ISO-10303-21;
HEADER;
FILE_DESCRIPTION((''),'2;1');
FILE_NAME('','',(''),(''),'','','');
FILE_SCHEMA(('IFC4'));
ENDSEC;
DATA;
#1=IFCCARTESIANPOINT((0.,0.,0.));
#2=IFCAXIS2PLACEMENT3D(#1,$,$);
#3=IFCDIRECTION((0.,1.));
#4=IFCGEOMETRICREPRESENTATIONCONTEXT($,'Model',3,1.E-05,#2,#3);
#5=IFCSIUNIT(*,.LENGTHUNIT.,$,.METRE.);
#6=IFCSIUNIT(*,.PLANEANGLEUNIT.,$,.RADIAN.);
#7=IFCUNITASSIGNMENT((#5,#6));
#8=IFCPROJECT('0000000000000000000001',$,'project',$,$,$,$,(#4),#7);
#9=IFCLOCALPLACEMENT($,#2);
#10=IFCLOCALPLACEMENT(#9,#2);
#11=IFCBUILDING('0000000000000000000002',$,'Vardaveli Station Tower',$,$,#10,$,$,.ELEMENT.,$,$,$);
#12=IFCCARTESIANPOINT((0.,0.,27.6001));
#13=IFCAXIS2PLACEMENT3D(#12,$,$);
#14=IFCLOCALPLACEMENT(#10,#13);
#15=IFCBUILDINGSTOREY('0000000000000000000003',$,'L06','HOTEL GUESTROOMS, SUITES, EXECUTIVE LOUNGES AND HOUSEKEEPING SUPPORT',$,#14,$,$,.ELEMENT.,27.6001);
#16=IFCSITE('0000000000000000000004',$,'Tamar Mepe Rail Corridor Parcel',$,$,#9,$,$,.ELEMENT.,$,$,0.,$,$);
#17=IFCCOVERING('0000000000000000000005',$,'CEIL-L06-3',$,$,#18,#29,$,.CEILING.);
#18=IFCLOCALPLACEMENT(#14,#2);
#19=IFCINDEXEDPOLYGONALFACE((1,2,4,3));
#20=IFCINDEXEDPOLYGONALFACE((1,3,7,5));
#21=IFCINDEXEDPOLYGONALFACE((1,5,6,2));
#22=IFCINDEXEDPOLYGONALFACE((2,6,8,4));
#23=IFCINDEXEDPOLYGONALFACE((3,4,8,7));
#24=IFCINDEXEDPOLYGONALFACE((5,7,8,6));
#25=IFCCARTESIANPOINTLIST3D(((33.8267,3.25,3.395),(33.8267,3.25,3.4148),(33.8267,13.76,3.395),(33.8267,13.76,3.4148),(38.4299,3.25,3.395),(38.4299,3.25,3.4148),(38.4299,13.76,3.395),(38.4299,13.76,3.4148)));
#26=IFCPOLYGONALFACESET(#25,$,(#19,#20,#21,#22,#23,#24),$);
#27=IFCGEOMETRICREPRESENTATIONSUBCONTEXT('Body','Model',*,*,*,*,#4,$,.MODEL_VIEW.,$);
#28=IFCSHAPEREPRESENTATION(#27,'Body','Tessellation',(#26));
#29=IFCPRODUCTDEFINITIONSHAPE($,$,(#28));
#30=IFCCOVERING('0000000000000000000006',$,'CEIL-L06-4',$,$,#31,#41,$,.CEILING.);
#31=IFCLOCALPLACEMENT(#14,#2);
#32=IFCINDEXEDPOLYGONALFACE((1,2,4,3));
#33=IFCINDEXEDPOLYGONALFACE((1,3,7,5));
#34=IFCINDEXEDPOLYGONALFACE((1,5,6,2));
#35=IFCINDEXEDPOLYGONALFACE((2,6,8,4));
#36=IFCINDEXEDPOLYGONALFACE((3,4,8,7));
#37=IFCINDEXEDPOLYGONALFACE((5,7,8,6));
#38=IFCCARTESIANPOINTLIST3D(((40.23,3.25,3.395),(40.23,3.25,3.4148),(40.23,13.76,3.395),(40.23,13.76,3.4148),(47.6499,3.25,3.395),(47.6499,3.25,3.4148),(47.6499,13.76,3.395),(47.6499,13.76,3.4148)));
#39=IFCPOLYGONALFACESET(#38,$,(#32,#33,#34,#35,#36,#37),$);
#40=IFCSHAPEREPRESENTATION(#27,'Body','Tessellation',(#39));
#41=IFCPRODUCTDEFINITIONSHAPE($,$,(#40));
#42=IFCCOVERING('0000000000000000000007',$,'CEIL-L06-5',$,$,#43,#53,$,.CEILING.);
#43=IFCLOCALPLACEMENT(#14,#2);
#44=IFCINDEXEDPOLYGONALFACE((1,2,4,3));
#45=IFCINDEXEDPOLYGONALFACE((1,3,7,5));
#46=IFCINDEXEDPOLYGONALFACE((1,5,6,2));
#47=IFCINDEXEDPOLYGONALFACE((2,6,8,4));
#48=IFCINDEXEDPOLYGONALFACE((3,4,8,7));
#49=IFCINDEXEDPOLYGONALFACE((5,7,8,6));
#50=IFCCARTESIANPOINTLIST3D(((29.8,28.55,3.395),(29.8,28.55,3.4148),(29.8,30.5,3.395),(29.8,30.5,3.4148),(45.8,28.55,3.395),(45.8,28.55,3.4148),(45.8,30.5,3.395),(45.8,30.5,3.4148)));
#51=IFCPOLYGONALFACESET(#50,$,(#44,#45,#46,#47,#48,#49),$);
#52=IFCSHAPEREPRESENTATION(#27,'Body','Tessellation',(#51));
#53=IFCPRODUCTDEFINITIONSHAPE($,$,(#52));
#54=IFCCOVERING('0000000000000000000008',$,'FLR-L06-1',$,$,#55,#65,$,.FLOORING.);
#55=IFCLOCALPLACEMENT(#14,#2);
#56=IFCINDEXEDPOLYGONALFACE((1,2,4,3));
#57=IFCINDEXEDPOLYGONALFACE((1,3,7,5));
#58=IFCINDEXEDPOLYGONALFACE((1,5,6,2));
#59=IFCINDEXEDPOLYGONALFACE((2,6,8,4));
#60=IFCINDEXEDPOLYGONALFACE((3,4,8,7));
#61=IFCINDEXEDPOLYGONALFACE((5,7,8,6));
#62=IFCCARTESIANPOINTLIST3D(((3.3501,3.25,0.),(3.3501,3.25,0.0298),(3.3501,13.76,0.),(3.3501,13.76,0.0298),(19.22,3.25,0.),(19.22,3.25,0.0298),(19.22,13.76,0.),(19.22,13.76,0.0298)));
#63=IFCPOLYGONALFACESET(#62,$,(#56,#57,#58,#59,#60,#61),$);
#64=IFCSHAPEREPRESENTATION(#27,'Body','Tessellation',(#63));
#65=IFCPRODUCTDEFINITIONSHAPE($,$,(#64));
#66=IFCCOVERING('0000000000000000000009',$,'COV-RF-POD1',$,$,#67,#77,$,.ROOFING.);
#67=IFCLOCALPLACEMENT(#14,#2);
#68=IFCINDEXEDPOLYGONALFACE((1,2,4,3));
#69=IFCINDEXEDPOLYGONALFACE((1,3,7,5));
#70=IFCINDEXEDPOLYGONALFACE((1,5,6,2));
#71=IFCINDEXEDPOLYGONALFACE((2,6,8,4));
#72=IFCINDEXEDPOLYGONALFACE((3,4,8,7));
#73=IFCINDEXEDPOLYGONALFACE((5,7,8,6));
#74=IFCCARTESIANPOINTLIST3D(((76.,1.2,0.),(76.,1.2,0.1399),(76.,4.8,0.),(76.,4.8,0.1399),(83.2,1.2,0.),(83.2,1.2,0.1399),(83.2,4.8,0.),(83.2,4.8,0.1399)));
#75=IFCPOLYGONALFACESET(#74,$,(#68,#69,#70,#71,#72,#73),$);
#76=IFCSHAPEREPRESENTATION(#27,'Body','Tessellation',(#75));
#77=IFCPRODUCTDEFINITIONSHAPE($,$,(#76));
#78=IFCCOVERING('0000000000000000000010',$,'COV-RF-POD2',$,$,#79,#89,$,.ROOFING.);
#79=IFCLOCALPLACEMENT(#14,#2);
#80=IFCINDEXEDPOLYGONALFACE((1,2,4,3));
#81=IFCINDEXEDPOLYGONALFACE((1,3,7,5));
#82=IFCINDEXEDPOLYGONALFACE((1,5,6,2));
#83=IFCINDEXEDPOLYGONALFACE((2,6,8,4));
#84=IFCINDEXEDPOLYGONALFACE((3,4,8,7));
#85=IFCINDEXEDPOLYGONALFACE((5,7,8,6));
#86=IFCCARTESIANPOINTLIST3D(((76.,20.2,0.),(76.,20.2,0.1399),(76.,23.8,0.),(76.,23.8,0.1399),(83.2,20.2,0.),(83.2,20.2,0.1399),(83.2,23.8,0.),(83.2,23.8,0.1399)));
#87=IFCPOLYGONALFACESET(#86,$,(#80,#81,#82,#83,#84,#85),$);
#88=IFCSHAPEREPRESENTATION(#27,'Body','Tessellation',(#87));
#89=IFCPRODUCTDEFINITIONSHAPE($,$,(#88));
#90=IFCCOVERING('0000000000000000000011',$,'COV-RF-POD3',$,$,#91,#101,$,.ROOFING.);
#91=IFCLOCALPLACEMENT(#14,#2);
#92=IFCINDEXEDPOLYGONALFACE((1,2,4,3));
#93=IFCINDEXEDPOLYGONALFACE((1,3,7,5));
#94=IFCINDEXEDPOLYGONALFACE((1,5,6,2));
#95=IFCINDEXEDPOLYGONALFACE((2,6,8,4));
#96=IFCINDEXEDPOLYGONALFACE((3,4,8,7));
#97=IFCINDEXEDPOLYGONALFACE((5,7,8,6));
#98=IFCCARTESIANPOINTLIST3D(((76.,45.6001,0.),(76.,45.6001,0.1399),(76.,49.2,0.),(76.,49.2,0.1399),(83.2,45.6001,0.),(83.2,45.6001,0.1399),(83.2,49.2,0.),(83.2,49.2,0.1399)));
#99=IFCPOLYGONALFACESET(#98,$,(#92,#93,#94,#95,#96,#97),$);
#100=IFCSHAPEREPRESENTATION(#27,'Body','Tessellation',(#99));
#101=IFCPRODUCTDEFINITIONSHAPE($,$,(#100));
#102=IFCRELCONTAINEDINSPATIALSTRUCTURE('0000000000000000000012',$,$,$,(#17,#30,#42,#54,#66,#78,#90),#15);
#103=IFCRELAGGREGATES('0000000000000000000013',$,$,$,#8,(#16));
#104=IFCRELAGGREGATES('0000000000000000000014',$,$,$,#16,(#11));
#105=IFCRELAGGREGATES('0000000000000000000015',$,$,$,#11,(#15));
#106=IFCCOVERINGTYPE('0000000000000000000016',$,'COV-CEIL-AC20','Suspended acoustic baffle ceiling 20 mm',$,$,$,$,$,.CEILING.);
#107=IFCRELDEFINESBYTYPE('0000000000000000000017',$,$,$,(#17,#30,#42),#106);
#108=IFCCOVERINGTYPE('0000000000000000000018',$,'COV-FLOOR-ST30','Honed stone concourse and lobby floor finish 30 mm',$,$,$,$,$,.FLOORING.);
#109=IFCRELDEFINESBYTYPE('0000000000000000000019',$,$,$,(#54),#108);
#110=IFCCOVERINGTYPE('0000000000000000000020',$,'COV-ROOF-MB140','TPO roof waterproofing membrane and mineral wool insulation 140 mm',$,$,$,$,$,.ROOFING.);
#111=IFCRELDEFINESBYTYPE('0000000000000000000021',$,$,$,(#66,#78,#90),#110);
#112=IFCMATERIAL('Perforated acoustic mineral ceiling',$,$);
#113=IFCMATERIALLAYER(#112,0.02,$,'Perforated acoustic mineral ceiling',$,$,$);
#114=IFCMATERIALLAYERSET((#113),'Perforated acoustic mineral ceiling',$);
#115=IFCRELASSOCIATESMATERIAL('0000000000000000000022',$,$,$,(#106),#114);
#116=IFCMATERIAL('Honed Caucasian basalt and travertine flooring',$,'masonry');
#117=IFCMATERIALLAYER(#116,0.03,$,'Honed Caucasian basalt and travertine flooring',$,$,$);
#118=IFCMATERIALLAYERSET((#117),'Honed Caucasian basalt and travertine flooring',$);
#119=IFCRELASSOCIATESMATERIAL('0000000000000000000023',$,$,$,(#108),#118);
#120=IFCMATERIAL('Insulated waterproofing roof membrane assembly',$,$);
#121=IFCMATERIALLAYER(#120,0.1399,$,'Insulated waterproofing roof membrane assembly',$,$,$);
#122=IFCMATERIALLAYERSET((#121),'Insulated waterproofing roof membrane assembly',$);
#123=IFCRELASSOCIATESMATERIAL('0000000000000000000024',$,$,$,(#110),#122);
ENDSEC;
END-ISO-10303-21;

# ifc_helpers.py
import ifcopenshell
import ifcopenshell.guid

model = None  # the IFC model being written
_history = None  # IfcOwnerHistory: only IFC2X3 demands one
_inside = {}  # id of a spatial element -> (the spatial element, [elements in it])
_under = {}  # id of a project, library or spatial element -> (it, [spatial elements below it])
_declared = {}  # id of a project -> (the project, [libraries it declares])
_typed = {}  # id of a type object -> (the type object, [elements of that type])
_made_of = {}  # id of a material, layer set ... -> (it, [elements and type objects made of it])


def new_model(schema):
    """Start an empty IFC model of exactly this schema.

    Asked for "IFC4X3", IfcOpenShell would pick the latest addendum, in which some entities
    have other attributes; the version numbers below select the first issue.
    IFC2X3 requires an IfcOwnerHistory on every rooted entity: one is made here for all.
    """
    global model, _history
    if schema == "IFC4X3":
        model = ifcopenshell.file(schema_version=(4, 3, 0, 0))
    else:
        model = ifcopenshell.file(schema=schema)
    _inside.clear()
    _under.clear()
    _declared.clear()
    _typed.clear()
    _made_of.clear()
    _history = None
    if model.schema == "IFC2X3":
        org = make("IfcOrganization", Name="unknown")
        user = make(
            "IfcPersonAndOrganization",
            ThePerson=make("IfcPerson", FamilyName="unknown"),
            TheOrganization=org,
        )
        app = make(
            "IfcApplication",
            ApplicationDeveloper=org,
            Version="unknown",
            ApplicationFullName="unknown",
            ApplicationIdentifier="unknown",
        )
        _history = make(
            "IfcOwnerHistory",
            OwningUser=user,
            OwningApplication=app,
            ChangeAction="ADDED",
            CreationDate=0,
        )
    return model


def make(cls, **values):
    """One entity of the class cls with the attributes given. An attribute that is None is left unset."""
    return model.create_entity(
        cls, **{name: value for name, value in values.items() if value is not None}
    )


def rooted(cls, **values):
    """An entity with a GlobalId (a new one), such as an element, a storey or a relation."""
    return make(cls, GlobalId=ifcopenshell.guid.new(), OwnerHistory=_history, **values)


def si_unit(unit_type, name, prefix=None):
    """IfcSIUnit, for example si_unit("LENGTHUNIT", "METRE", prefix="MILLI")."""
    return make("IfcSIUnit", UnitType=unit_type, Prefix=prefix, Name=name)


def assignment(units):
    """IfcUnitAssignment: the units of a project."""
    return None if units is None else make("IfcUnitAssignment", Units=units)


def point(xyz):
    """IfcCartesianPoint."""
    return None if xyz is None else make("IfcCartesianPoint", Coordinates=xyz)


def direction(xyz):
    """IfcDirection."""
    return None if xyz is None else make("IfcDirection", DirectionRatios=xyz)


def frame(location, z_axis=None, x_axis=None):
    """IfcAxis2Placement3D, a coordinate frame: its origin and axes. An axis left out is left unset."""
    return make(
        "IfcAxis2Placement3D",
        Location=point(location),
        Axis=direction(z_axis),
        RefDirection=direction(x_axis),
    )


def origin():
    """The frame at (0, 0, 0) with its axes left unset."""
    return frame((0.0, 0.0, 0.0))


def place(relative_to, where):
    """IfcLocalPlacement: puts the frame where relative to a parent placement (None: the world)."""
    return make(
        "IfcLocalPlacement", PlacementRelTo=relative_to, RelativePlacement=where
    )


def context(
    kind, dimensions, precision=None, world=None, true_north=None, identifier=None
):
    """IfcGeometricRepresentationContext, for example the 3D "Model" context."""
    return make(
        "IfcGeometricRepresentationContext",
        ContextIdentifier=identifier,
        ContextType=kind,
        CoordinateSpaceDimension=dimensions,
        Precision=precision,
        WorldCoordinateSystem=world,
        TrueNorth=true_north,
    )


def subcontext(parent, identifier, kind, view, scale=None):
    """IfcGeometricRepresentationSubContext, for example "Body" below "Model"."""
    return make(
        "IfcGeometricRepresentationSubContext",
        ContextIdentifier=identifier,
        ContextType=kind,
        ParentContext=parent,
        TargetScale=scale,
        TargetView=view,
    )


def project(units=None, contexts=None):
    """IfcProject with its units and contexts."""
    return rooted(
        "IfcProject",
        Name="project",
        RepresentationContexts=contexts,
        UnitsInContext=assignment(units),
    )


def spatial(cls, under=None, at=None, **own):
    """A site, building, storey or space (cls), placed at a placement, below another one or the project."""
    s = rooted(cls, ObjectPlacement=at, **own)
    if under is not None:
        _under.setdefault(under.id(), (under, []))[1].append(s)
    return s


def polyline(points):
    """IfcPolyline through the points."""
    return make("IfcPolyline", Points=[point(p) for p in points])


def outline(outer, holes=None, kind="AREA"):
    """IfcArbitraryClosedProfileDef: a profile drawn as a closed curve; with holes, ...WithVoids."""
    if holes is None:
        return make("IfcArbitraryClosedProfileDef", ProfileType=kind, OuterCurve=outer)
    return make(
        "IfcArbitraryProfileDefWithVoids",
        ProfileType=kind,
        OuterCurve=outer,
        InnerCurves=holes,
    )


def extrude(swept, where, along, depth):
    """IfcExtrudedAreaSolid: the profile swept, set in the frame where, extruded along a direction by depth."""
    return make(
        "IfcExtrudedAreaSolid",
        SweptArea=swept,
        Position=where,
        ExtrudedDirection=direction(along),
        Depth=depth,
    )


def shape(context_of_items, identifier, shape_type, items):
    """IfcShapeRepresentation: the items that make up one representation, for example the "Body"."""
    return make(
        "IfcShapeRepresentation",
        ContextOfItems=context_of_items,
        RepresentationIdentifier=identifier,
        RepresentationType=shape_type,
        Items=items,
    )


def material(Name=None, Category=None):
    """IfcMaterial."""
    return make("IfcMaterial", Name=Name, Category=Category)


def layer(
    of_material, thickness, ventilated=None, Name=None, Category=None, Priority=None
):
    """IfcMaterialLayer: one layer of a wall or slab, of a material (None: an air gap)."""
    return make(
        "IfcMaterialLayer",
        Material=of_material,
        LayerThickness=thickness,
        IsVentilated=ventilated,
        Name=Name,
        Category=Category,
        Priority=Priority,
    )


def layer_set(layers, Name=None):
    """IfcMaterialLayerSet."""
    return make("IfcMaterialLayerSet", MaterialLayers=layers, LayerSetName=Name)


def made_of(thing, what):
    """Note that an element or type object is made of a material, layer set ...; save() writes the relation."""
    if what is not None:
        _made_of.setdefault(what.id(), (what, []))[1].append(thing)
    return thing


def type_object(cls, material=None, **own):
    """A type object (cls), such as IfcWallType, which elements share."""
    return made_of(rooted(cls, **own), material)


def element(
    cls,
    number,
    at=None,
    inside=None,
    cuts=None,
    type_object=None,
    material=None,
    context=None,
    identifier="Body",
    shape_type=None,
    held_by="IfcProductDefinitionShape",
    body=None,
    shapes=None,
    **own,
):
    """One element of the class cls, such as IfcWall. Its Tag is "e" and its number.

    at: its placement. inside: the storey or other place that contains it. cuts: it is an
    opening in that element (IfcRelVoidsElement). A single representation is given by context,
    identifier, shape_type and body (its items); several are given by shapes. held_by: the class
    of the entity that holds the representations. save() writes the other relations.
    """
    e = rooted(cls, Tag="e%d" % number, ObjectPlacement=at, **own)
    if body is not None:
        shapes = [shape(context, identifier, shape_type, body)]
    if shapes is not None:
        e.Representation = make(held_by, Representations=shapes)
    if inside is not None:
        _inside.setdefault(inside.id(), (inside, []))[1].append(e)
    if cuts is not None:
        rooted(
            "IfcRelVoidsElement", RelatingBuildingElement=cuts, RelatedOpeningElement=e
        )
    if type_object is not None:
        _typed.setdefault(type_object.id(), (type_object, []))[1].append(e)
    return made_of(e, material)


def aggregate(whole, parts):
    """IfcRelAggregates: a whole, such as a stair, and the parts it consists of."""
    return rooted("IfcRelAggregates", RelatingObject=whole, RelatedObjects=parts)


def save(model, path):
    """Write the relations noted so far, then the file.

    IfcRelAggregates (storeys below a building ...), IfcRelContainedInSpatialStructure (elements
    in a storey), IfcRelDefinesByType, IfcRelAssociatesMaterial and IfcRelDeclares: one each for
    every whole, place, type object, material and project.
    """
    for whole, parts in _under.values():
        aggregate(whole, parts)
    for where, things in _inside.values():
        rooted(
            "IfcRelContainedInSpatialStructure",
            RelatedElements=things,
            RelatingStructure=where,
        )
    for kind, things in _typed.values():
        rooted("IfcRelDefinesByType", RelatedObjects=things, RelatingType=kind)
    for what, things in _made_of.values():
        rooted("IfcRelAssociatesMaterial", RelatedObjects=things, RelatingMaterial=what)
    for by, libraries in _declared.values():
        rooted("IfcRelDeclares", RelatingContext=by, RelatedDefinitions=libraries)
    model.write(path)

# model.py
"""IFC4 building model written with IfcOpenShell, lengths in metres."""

from ifc_helpers import new_model, si_unit, direction, frame, origin, place, context, subcontext, project, spatial, polyline, outline, extrude, material, layer, layer_set, type_object, element, save


model = new_model("IFC4")

# Units and contexts
model_context = context("Model", 3, precision=1e-05, world=origin(), true_north=direction((0.0, 1.0)))
body_context = subcontext(model_context, "Body", "Model", "MODEL_VIEW")
ifc_project = project(units=[si_unit("LENGTHUNIT", "METRE"), si_unit("PLANEANGLEUNIT", "RADIAN")], contexts=[model_context])

# Site, building, storey
site_placement = place(None, origin())
site = spatial("IfcSite", under=ifc_project, at=site_placement, Name="Tamar Mepe Rail Corridor Parcel", CompositionType="ELEMENT", RefElevation=0.0)
building_placement = place(site_placement, origin())
building = spatial("IfcBuilding", under=site, at=building_placement, Name="Vardaveli Station Tower", CompositionType="ELEMENT")
storey_placement = place(building_placement, frame((0.0, 0.0, 27.6001)))
storey = spatial("IfcBuildingStorey", under=building, at=storey_placement, Name="L06", Description="HOTEL GUESTROOMS, SUITES, EXECUTIVE LOUNGES AND HOUSEKEEPING SUPPORT", CompositionType="ELEMENT", Elevation=27.6001)

# Coverings
ifc_material_1 = material(Name="Perforated acoustic mineral ceiling")
ifc_layer_1 = layer(ifc_material_1, 0.02, Name="Perforated acoustic mineral ceiling")
ifc_layer_set_1 = layer_set([ifc_layer_1], Name="Perforated acoustic mineral ceiling")
covering_type_1 = type_object("IfcCoveringType", Name="COV-CEIL-AC20", Description="Suspended acoustic baffle ceiling 20 mm", PredefinedType="CEILING", material=ifc_layer_set_1)
covering_1_placement = place(storey_placement, frame((0.0, 0.0, 3.395)))
element("IfcCovering", 1, at=covering_1_placement, inside=storey, type_object=covering_type_1, Name="CEIL-L06-3", PredefinedType="CEILING", context=body_context, shape_type="SweptSolid", body=[
    extrude(outline(polyline([(33.8267, 3.25), (38.4299, 3.25), (38.4299, 13.76), (33.8267, 13.76), (33.8267, 3.25)])), origin(), (0.0, 0.0, 1.0), 0.0198),
])
covering_2_placement = place(storey_placement, frame((0.0, 0.0, 3.395)))
element("IfcCovering", 2, at=covering_2_placement, inside=storey, type_object=covering_type_1, Name="CEIL-L06-4", PredefinedType="CEILING", context=body_context, shape_type="SweptSolid", body=[
    extrude(outline(polyline([(40.23, 3.25), (47.6499, 3.25), (47.6499, 13.76), (40.23, 13.76), (40.23, 3.25)])), origin(), (0.0, 0.0, 1.0), 0.0198),
])
covering_3_placement = place(storey_placement, frame((0.0, 0.0, 3.395)))
element("IfcCovering", 3, at=covering_3_placement, inside=storey, type_object=covering_type_1, Name="CEIL-L06-5", PredefinedType="CEILING", context=body_context, shape_type="SweptSolid", body=[
    extrude(outline(polyline([(29.8, 28.55), (45.8, 28.55), (45.8, 30.5), (29.8, 30.5), (29.8, 28.55)])), origin(), (0.0, 0.0, 1.0), 0.0198),
])
ifc_material_2 = material(Name="Honed Caucasian basalt and travertine flooring", Category="masonry")
ifc_layer_2 = layer(ifc_material_2, 0.03, Name="Honed Caucasian basalt and travertine flooring")
ifc_layer_set_2 = layer_set([ifc_layer_2], Name="Honed Caucasian basalt and travertine flooring")
covering_type_2 = type_object("IfcCoveringType", Name="COV-FLOOR-ST30", Description="Honed stone concourse and lobby floor finish 30 mm", PredefinedType="FLOORING", material=ifc_layer_set_2)
covering_4_placement = place(storey_placement, origin())
element("IfcCovering", 4, at=covering_4_placement, inside=storey, type_object=covering_type_2, Name="FLR-L06-1", PredefinedType="FLOORING", context=body_context, shape_type="SweptSolid", body=[
    extrude(outline(polyline([(3.3501, 3.25), (19.22, 3.25), (19.22, 13.76), (3.3501, 13.76), (3.3501, 3.25)])), origin(), (0.0, 0.0, 1.0), 0.0298),
])
ifc_material_3 = material(Name="Insulated waterproofing roof membrane assembly")
ifc_layer_3 = layer(ifc_material_3, 0.1399, Name="Insulated waterproofing roof membrane assembly")
ifc_layer_set_3 = layer_set([ifc_layer_3], Name="Insulated waterproofing roof membrane assembly")
covering_type_3 = type_object("IfcCoveringType", Name="COV-ROOF-MB140", Description="TPO roof waterproofing membrane and mineral wool insulation 140 mm", PredefinedType="ROOFING", material=ifc_layer_set_3)
covering_5_placement = place(storey_placement, origin())
element("IfcCovering", 5, at=covering_5_placement, inside=storey, type_object=covering_type_3, Name="COV-RF-POD1", PredefinedType="ROOFING", context=body_context, shape_type="SweptSolid", body=[
    extrude(outline(polyline([(76.0, 1.2), (83.2, 1.2), (83.2, 4.8), (76.0, 4.8), (76.0, 1.2)])), origin(), (0.0, 0.0, 1.0), 0.1399),
])
covering_6_placement = place(storey_placement, origin())
element("IfcCovering", 6, at=covering_6_placement, inside=storey, type_object=covering_type_3, Name="COV-RF-POD2", PredefinedType="ROOFING", context=body_context, shape_type="SweptSolid", body=[
    extrude(outline(polyline([(76.0, 20.2), (83.2, 20.2), (83.2, 23.8), (76.0, 23.8), (76.0, 20.2)])), origin(), (0.0, 0.0, 1.0), 0.1399),
])
covering_7_placement = place(storey_placement, origin())
element("IfcCovering", 7, at=covering_7_placement, inside=storey, type_object=covering_type_3, Name="COV-RF-POD3", PredefinedType="ROOFING", context=body_context, shape_type="SweptSolid", body=[
    extrude(outline(polyline([(76.0, 45.6001), (83.2, 45.6001), (83.2, 49.2), (76.0, 49.2), (76.0, 45.6001)])), origin(), (0.0, 0.0, 1.0), 0.1399),
])

save(model, "model.ifc")
